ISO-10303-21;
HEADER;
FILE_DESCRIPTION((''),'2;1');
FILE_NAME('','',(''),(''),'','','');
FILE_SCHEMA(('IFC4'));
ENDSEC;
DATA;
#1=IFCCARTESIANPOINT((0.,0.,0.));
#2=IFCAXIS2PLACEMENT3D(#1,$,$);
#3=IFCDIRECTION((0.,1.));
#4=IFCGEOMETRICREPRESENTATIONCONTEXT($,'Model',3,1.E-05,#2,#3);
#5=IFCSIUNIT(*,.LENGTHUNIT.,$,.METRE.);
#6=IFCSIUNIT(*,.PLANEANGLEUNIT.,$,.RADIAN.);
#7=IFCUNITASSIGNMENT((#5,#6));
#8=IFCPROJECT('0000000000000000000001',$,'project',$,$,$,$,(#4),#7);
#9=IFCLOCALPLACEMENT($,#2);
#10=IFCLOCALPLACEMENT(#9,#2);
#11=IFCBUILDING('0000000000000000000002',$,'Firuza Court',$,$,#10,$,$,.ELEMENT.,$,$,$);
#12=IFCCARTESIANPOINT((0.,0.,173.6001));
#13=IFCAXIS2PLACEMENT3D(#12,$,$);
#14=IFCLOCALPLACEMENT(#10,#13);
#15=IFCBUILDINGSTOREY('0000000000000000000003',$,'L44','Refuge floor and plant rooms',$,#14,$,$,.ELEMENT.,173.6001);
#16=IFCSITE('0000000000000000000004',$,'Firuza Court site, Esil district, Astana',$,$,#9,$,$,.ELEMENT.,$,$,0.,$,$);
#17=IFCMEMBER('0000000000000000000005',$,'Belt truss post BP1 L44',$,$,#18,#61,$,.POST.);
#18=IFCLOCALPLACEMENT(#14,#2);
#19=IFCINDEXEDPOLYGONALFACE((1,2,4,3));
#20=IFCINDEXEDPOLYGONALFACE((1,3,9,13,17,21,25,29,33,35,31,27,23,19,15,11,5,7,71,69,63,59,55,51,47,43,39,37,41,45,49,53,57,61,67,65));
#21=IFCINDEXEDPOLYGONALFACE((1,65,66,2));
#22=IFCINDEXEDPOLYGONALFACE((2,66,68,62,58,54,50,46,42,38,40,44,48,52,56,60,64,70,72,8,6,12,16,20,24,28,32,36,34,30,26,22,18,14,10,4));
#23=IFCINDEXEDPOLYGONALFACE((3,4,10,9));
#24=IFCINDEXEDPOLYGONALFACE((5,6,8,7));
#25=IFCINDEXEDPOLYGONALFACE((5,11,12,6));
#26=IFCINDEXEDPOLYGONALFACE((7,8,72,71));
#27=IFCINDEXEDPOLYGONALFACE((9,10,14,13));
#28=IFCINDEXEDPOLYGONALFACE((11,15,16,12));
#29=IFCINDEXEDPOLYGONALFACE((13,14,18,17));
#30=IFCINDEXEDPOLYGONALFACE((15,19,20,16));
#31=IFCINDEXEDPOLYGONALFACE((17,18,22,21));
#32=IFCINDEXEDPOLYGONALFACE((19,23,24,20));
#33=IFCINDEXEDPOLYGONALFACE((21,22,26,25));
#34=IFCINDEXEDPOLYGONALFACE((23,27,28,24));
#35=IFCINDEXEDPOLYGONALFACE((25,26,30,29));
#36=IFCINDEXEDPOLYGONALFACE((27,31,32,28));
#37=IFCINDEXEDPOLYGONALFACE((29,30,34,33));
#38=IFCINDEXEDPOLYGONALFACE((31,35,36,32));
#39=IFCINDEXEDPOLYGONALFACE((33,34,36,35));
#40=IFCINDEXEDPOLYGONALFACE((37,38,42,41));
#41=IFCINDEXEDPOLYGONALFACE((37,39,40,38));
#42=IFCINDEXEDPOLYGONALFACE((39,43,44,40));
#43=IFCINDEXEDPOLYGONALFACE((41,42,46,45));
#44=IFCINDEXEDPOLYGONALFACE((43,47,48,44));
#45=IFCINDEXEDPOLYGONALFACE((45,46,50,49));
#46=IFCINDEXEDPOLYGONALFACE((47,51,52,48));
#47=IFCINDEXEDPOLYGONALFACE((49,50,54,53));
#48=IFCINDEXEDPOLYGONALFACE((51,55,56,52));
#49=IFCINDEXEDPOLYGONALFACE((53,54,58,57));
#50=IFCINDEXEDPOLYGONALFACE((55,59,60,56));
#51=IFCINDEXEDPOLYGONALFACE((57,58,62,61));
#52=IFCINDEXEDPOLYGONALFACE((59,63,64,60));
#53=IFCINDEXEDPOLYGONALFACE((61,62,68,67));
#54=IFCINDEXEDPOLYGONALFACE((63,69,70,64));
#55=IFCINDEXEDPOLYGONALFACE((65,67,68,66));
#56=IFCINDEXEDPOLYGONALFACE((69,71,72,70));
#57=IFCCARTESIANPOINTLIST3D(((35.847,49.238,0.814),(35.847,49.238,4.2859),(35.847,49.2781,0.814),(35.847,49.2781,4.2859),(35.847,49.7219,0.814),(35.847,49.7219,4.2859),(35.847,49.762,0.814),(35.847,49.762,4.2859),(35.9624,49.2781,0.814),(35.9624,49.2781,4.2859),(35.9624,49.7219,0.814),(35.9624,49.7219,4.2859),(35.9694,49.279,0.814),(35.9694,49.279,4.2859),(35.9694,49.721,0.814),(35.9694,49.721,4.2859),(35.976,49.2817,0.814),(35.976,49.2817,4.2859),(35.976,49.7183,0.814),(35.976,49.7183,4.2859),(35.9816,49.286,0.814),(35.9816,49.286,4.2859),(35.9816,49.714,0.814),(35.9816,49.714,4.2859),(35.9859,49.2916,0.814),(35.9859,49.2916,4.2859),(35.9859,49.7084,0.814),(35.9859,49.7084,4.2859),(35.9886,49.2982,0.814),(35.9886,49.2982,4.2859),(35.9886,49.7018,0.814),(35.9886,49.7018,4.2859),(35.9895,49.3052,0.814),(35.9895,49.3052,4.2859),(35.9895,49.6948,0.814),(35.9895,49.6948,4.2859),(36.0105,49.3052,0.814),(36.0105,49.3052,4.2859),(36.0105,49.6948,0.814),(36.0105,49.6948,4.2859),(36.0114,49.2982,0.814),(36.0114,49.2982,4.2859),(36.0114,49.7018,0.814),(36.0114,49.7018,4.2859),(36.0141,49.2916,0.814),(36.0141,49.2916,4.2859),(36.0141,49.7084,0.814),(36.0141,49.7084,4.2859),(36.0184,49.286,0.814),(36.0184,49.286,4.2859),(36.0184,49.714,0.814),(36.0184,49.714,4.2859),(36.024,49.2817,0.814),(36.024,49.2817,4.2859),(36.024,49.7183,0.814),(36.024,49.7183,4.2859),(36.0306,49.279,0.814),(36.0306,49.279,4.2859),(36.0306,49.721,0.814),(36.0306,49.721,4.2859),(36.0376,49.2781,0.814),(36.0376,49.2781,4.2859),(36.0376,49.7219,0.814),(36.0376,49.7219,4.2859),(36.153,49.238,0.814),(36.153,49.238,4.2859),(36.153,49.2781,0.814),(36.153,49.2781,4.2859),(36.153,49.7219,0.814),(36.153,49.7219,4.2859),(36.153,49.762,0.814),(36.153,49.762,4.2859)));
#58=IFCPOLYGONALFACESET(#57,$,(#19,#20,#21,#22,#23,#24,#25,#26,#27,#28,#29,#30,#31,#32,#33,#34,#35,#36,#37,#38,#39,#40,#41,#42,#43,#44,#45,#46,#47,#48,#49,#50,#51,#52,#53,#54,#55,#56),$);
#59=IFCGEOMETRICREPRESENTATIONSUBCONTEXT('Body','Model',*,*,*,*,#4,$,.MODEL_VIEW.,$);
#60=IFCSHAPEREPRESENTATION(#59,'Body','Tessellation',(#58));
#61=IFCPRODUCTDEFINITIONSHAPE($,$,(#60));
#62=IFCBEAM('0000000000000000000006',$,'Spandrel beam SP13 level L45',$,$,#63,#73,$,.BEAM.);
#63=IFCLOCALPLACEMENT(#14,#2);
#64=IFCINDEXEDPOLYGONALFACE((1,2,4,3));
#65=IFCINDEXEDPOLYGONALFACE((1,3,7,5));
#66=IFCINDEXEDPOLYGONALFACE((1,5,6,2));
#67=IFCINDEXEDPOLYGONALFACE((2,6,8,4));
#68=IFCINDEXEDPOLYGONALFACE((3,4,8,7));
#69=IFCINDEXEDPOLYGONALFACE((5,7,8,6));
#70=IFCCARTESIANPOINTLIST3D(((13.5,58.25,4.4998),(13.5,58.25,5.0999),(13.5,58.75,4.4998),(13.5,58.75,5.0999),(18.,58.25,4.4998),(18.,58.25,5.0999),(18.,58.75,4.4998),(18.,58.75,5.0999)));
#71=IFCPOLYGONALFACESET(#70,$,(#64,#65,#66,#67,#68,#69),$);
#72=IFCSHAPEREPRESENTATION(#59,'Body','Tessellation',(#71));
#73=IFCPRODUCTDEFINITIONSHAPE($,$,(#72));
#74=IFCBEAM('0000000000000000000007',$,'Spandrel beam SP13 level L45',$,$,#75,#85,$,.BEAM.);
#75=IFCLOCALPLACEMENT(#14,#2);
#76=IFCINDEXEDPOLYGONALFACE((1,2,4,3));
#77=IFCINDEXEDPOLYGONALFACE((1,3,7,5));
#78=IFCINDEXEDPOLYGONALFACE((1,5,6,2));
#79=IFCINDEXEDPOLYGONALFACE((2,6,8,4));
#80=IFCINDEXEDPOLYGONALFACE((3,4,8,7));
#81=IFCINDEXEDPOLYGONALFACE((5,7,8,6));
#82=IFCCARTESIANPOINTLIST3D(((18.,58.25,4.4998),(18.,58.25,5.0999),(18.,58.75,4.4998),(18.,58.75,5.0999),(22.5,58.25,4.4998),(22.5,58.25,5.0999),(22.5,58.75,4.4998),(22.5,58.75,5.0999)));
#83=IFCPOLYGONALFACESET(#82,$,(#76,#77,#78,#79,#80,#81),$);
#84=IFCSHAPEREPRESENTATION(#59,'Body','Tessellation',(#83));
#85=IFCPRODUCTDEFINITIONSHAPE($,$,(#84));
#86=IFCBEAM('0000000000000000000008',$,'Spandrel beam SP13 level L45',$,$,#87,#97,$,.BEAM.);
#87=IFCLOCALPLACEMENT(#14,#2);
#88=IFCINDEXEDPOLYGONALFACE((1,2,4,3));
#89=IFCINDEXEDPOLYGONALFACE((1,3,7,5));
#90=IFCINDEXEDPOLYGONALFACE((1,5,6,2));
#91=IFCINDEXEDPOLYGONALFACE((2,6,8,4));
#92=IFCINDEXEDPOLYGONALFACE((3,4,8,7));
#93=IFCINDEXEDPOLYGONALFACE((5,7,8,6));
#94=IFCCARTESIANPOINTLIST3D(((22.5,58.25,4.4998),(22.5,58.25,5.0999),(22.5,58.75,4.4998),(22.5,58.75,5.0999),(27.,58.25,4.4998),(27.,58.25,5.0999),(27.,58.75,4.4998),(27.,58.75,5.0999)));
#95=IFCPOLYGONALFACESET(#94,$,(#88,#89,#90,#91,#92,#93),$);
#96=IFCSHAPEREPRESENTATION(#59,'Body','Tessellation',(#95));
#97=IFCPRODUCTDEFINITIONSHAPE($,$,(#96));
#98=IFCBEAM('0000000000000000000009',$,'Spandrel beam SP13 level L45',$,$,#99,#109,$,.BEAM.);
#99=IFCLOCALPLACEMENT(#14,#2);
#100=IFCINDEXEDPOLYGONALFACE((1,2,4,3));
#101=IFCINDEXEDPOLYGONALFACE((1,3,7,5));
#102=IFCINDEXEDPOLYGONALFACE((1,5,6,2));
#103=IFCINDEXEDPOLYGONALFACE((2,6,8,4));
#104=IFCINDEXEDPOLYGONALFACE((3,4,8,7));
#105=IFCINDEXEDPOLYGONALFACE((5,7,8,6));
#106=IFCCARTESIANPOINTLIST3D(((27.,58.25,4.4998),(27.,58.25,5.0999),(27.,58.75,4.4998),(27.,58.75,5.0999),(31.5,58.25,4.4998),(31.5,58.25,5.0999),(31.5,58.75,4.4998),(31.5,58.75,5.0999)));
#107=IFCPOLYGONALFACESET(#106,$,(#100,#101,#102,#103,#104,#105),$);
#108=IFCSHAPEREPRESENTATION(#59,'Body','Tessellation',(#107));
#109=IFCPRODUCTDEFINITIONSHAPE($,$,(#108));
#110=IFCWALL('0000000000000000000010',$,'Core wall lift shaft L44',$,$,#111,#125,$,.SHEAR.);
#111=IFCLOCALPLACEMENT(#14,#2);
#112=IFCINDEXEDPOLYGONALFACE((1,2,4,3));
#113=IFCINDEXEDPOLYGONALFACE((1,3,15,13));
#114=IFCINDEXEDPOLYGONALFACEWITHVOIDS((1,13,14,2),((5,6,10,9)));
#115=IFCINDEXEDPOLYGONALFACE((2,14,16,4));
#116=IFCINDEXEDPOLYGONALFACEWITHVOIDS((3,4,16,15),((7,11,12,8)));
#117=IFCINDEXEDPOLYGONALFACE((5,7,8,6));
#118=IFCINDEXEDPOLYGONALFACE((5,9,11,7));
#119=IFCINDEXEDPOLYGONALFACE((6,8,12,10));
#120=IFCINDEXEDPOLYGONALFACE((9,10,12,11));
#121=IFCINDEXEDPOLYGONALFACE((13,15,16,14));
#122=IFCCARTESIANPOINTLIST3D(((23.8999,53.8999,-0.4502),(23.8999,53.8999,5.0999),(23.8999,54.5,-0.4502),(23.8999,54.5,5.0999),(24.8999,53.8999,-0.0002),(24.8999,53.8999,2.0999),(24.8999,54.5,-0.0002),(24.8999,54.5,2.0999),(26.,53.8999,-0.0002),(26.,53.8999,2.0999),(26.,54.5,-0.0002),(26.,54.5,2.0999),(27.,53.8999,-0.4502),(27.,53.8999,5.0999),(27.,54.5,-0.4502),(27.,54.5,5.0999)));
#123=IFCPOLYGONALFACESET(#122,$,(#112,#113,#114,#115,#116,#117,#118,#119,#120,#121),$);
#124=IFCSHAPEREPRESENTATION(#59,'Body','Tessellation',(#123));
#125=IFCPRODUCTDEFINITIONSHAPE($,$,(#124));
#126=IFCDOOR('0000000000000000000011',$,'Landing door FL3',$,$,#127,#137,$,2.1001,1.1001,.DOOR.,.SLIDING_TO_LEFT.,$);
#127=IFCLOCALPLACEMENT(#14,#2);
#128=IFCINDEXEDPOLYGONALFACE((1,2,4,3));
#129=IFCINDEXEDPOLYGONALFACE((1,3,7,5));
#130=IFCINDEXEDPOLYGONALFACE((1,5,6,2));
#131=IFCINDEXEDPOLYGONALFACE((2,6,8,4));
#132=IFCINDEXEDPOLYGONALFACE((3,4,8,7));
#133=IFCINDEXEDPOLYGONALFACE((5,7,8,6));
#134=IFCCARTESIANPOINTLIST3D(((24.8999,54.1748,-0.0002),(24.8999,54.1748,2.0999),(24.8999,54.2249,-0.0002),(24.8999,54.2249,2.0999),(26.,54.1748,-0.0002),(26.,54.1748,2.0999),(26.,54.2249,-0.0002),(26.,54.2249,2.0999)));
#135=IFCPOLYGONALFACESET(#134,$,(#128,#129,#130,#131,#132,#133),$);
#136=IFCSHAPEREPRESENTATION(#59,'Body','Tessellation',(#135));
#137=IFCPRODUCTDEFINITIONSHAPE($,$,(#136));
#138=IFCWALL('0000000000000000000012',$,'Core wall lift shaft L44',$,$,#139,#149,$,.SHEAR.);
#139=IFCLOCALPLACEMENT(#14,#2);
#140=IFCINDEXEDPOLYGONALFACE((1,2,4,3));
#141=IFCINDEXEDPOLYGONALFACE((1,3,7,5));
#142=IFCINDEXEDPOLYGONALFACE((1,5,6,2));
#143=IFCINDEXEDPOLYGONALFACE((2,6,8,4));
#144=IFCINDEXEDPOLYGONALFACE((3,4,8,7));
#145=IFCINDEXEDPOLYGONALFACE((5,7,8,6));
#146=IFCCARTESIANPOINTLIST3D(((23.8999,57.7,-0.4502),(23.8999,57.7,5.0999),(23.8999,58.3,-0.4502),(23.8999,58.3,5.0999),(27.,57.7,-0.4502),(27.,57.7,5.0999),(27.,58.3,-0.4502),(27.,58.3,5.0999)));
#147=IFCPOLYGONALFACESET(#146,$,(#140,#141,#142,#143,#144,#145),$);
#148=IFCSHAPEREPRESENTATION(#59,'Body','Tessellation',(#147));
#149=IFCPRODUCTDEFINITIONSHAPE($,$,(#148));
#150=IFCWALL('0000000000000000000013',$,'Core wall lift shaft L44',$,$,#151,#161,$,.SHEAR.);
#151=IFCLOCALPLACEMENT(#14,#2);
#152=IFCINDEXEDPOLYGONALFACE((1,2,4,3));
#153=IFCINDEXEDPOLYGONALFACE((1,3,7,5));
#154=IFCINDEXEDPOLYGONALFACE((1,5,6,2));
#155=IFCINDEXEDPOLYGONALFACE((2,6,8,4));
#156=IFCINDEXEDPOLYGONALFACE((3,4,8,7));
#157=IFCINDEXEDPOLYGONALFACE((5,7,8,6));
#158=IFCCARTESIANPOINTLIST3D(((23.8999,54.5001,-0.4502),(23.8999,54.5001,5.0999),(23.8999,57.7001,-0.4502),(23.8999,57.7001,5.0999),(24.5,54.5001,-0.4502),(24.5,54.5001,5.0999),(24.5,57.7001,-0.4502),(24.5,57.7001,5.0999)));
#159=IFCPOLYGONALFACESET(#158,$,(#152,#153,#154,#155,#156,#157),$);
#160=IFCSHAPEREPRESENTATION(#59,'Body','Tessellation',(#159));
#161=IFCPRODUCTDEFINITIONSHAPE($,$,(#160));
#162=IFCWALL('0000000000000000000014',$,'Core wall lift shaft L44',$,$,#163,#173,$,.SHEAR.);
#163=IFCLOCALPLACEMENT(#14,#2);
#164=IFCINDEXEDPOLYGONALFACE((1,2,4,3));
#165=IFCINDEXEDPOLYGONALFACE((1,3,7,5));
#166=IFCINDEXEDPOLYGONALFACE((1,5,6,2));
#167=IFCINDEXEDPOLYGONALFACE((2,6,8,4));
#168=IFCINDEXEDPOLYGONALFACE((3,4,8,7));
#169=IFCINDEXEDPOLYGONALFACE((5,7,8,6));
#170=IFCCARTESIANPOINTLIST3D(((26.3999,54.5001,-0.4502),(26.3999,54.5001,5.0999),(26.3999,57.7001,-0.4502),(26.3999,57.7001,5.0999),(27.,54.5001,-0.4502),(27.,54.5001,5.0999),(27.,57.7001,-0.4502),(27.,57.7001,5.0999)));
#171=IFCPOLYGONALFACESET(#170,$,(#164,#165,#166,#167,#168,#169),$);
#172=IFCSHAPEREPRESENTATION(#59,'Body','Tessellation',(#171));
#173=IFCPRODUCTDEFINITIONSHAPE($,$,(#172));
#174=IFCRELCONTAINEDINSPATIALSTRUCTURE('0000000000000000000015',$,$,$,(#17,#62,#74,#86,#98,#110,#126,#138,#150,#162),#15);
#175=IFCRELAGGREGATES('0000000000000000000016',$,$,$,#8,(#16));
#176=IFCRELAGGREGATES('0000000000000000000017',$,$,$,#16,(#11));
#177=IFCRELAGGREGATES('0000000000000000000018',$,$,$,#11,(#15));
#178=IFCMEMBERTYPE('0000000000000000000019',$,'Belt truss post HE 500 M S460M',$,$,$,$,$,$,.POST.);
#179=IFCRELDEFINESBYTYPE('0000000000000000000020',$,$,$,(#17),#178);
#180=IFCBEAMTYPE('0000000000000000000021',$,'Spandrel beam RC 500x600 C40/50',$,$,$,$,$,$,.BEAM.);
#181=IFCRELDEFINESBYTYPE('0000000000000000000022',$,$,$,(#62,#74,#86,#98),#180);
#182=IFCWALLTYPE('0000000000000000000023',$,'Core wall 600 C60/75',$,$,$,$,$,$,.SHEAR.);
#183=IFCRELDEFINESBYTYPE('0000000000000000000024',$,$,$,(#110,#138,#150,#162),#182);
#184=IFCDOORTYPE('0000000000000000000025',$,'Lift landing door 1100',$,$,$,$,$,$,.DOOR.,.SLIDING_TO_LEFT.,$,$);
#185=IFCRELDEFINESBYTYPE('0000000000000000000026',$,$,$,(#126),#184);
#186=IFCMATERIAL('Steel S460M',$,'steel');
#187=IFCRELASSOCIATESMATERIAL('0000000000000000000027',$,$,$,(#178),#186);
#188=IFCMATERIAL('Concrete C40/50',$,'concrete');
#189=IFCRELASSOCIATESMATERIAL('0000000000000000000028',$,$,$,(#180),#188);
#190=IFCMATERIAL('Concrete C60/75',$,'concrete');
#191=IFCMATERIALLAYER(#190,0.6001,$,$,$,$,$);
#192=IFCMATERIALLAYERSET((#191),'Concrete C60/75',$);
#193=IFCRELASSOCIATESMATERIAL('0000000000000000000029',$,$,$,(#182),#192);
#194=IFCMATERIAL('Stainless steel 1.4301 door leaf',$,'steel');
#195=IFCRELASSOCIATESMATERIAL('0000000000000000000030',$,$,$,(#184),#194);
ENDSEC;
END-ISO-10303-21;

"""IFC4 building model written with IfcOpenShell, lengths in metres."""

from ifc_helpers import new_model, si_unit, direction, frame, frame_2d, origin, origin_2d, place, context, subcontext, project, spatial, rectangle, i_section, extrude, material, layer, layer_set, material_profile, profile_set, type_object, element, fill, save


model = new_model("IFC4")

# Units and contexts
model_context = context("Model", 3, precision=1e-05, world=origin(), true_north=direction((0.0, 1.0)))
body_context = subcontext(model_context, "Body", "Model", "MODEL_VIEW")
ifc_project = project(units=[si_unit("LENGTHUNIT", "METRE"), si_unit("PLANEANGLEUNIT", "RADIAN")], contexts=[model_context])

# Site, building, storey
site_placement = place(None, origin())
site = spatial("IfcSite", under=ifc_project, at=site_placement, Name="Firuza Court site, Esil district, Astana", CompositionType="ELEMENT", RefElevation=0.0)
building_placement = place(site_placement, origin())
building = spatial("IfcBuilding", under=site, at=building_placement, Name="Firuza Court", CompositionType="ELEMENT")
storey_placement = place(building_placement, frame((0.0, 0.0, 173.6001)))
storey = spatial("IfcBuildingStorey", under=building, at=storey_placement, Name="L44", Description="Refuge floor and plant rooms", CompositionType="ELEMENT", Elevation=173.6001)

# Member
ifc_material_1 = material(Name="Steel S460M", Category="steel")
ifc_material_profile_1 = material_profile(ifc_material_1, i_section(OverallWidth=0.3059, OverallDepth=0.5239, WebThickness=0.021, FlangeThickness=0.04, FilletRadius=0.0271, at=origin_2d()), Name="HE 500 M")
ifc_profile_set_1 = profile_set([ifc_material_profile_1], Name="Steel S460M")
member_type_1 = type_object("IfcMemberType", Name="Belt truss post HE 500 M S460M", PredefinedType="POST", material=ifc_profile_set_1)
member_1_placement = place(storey_placement, frame((36.0, 49.5, 0.814), z_axis=(0.0, 0.0, 1.0), x_axis=(1.0, 0.0, 0.0)))
element("IfcMember", 1, at=member_1_placement, inside=storey, type_object=member_type_1, Name="Belt truss post BP1 L44", PredefinedType="POST", context=body_context, shape_type="SweptSolid", body=[
    extrude(i_section(OverallWidth=0.3059, OverallDepth=0.5239, WebThickness=0.021, FlangeThickness=0.04, FilletRadius=0.0271, at=origin_2d()), origin(), (0.0, 0.0, 1.0), 3.4719),
])

# Beams
ifc_material_2 = material(Name="Concrete C40/50", Category="concrete")
ifc_material_profile_2 = material_profile(ifc_material_2, rectangle(XDim=0.5, YDim=0.6001, at=origin_2d()), Name="RC 500x600")
ifc_profile_set_2 = profile_set([ifc_material_profile_2], Name="Concrete C40/50")
beam_type = type_object("IfcBeamType", Name="Spandrel beam RC 500x600 C40/50", PredefinedType="BEAM", material=ifc_profile_set_2)
for number, where, z_axis, x_axis, name in (
    (2, (18.0, 58.5, 4.7998), (-1.0, 0.0, 0.0), (0.0, -1.0, 0.0), "Spandrel beam SP13 level L45"),
    (3, (22.5, 58.5, 4.7998), (-1.0, 0.0, 0.0), (0.0, -1.0, 0.0), "Spandrel beam SP13 level L45"),
    (4, (27.0, 58.5, 4.7998), (-1.0, 0.0, 0.0), (0.0, -1.0, 0.0), "Spandrel beam SP13 level L45"),
    (5, (31.5, 58.5, 4.7998), (-1.0, 0.0, 0.0), (0.0, -1.0, 0.0), "Spandrel beam SP13 level L45"),
):
    element("IfcBeam", number, at=place(storey_placement, frame(where, z_axis=z_axis, x_axis=x_axis)), inside=storey, type_object=beam_type, Name=name, PredefinedType="BEAM", context=body_context, shape_type="SweptSolid", body=[
        extrude(rectangle(XDim=0.5, YDim=0.6001, at=origin_2d()), origin(), (0.0, 0.0, 1.0), 4.5),
    ])

# Wall, opening, door
ifc_material_3 = material(Name="Concrete C60/75", Category="concrete")
ifc_layer_1 = layer(ifc_material_3, 0.6001)
ifc_layer_set_1 = layer_set([ifc_layer_1], Name="Concrete C60/75")
wall_type_1 = type_object("IfcWallType", Name="Core wall 600 C60/75", PredefinedType="SHEAR", material=ifc_layer_set_1)
wall_1_placement = place(storey_placement, frame((23.8999, 54.2, -0.4502), z_axis=(0.0, 0.0, 1.0), x_axis=(1.0, 0.0, 0.0)))
wall_1 = element("IfcWall", 6, at=wall_1_placement, inside=storey, type_object=wall_type_1, Name="Core wall lift shaft L44", PredefinedType="SHEAR", context=body_context, shape_type="SweptSolid", body=[
    extrude(rectangle(XDim=3.1001, YDim=0.6001, at=frame_2d((1.55, 0.0))), origin(), (0.0, 0.0, 1.0), 5.55),
])
opening_1_placement = place(wall_1_placement, frame((1.0, 0.0, 0.45)))
opening_1 = element("IfcOpeningElement", 7, at=opening_1_placement, cuts=wall_1, PredefinedType="OPENING", context=body_context, shape_type="SweptSolid", body=[
    extrude(rectangle(XDim=1.1001, YDim=2.1001, at=frame_2d((0.55, 1.05))), frame((0.0, 0.312, 0.0), z_axis=(0.0, -1.0, 0.0), x_axis=(1.0, 0.0, 0.0)), (0.0, 0.0, 1.0), 0.624),
])
ifc_material_4 = material(Name="Stainless steel 1.4301 door leaf", Category="steel")
door_type_1 = type_object("IfcDoorType", Name="Lift landing door 1100", OperationType="SLIDING_TO_LEFT", PredefinedType="DOOR", material=ifc_material_4)
door_1_placement = place(opening_1_placement, origin())
door_1 = element("IfcDoor", 8, at=door_1_placement, inside=storey, type_object=door_type_1, Name="Landing door FL3", OperationType="SLIDING_TO_LEFT", OverallHeight=2.1001, OverallWidth=1.1001, PredefinedType="DOOR", context=body_context, shape_type="SweptSolid", body=[
    extrude(rectangle(XDim=1.1001, YDim=2.1001, at=frame_2d((0.55, 1.05))), frame((0.0, 0.0249, 0.0), z_axis=(0.0, -1.0, 0.0), x_axis=(1.0, 0.0, 0.0)), (0.0, 0.0, 1.0), 0.05),
])
fill(opening_1, door_1)

# Walls
wall_2_placement = place(storey_placement, frame((23.8999, 58.0, -0.4502), z_axis=(0.0, 0.0, 1.0), x_axis=(1.0, 0.0, 0.0)))
element("IfcWall", 9, at=wall_2_placement, inside=storey, type_object=wall_type_1, Name="Core wall lift shaft L44", PredefinedType="SHEAR", context=body_context, shape_type="SweptSolid", body=[
    extrude(rectangle(XDim=3.1001, YDim=0.6001, at=frame_2d((1.55, 0.0))), origin(), (0.0, 0.0, 1.0), 5.55),
])
for number, where, z_axis, x_axis, name in (
    (10, (24.2, 54.5, -0.4502), (0.0, 0.0, 1.0), (0.0, 1.0, 0.0), "Core wall lift shaft L44"),
    (11, (26.7, 54.5, -0.4502), (0.0, 0.0, 1.0), (0.0, 1.0, 0.0), "Core wall lift shaft L44"),
):
    element("IfcWall", number, at=place(storey_placement, frame(where, z_axis=z_axis, x_axis=x_axis)), inside=storey, type_object=wall_type_1, Name=name, PredefinedType="SHEAR", context=body_context, shape_type="SweptSolid", body=[
        extrude(rectangle(XDim=3.2, YDim=0.6001, at=frame_2d((1.6001, 0.0))), origin(), (0.0, 0.0, 1.0), 5.55),
    ])

save(model, "model.ifc")
